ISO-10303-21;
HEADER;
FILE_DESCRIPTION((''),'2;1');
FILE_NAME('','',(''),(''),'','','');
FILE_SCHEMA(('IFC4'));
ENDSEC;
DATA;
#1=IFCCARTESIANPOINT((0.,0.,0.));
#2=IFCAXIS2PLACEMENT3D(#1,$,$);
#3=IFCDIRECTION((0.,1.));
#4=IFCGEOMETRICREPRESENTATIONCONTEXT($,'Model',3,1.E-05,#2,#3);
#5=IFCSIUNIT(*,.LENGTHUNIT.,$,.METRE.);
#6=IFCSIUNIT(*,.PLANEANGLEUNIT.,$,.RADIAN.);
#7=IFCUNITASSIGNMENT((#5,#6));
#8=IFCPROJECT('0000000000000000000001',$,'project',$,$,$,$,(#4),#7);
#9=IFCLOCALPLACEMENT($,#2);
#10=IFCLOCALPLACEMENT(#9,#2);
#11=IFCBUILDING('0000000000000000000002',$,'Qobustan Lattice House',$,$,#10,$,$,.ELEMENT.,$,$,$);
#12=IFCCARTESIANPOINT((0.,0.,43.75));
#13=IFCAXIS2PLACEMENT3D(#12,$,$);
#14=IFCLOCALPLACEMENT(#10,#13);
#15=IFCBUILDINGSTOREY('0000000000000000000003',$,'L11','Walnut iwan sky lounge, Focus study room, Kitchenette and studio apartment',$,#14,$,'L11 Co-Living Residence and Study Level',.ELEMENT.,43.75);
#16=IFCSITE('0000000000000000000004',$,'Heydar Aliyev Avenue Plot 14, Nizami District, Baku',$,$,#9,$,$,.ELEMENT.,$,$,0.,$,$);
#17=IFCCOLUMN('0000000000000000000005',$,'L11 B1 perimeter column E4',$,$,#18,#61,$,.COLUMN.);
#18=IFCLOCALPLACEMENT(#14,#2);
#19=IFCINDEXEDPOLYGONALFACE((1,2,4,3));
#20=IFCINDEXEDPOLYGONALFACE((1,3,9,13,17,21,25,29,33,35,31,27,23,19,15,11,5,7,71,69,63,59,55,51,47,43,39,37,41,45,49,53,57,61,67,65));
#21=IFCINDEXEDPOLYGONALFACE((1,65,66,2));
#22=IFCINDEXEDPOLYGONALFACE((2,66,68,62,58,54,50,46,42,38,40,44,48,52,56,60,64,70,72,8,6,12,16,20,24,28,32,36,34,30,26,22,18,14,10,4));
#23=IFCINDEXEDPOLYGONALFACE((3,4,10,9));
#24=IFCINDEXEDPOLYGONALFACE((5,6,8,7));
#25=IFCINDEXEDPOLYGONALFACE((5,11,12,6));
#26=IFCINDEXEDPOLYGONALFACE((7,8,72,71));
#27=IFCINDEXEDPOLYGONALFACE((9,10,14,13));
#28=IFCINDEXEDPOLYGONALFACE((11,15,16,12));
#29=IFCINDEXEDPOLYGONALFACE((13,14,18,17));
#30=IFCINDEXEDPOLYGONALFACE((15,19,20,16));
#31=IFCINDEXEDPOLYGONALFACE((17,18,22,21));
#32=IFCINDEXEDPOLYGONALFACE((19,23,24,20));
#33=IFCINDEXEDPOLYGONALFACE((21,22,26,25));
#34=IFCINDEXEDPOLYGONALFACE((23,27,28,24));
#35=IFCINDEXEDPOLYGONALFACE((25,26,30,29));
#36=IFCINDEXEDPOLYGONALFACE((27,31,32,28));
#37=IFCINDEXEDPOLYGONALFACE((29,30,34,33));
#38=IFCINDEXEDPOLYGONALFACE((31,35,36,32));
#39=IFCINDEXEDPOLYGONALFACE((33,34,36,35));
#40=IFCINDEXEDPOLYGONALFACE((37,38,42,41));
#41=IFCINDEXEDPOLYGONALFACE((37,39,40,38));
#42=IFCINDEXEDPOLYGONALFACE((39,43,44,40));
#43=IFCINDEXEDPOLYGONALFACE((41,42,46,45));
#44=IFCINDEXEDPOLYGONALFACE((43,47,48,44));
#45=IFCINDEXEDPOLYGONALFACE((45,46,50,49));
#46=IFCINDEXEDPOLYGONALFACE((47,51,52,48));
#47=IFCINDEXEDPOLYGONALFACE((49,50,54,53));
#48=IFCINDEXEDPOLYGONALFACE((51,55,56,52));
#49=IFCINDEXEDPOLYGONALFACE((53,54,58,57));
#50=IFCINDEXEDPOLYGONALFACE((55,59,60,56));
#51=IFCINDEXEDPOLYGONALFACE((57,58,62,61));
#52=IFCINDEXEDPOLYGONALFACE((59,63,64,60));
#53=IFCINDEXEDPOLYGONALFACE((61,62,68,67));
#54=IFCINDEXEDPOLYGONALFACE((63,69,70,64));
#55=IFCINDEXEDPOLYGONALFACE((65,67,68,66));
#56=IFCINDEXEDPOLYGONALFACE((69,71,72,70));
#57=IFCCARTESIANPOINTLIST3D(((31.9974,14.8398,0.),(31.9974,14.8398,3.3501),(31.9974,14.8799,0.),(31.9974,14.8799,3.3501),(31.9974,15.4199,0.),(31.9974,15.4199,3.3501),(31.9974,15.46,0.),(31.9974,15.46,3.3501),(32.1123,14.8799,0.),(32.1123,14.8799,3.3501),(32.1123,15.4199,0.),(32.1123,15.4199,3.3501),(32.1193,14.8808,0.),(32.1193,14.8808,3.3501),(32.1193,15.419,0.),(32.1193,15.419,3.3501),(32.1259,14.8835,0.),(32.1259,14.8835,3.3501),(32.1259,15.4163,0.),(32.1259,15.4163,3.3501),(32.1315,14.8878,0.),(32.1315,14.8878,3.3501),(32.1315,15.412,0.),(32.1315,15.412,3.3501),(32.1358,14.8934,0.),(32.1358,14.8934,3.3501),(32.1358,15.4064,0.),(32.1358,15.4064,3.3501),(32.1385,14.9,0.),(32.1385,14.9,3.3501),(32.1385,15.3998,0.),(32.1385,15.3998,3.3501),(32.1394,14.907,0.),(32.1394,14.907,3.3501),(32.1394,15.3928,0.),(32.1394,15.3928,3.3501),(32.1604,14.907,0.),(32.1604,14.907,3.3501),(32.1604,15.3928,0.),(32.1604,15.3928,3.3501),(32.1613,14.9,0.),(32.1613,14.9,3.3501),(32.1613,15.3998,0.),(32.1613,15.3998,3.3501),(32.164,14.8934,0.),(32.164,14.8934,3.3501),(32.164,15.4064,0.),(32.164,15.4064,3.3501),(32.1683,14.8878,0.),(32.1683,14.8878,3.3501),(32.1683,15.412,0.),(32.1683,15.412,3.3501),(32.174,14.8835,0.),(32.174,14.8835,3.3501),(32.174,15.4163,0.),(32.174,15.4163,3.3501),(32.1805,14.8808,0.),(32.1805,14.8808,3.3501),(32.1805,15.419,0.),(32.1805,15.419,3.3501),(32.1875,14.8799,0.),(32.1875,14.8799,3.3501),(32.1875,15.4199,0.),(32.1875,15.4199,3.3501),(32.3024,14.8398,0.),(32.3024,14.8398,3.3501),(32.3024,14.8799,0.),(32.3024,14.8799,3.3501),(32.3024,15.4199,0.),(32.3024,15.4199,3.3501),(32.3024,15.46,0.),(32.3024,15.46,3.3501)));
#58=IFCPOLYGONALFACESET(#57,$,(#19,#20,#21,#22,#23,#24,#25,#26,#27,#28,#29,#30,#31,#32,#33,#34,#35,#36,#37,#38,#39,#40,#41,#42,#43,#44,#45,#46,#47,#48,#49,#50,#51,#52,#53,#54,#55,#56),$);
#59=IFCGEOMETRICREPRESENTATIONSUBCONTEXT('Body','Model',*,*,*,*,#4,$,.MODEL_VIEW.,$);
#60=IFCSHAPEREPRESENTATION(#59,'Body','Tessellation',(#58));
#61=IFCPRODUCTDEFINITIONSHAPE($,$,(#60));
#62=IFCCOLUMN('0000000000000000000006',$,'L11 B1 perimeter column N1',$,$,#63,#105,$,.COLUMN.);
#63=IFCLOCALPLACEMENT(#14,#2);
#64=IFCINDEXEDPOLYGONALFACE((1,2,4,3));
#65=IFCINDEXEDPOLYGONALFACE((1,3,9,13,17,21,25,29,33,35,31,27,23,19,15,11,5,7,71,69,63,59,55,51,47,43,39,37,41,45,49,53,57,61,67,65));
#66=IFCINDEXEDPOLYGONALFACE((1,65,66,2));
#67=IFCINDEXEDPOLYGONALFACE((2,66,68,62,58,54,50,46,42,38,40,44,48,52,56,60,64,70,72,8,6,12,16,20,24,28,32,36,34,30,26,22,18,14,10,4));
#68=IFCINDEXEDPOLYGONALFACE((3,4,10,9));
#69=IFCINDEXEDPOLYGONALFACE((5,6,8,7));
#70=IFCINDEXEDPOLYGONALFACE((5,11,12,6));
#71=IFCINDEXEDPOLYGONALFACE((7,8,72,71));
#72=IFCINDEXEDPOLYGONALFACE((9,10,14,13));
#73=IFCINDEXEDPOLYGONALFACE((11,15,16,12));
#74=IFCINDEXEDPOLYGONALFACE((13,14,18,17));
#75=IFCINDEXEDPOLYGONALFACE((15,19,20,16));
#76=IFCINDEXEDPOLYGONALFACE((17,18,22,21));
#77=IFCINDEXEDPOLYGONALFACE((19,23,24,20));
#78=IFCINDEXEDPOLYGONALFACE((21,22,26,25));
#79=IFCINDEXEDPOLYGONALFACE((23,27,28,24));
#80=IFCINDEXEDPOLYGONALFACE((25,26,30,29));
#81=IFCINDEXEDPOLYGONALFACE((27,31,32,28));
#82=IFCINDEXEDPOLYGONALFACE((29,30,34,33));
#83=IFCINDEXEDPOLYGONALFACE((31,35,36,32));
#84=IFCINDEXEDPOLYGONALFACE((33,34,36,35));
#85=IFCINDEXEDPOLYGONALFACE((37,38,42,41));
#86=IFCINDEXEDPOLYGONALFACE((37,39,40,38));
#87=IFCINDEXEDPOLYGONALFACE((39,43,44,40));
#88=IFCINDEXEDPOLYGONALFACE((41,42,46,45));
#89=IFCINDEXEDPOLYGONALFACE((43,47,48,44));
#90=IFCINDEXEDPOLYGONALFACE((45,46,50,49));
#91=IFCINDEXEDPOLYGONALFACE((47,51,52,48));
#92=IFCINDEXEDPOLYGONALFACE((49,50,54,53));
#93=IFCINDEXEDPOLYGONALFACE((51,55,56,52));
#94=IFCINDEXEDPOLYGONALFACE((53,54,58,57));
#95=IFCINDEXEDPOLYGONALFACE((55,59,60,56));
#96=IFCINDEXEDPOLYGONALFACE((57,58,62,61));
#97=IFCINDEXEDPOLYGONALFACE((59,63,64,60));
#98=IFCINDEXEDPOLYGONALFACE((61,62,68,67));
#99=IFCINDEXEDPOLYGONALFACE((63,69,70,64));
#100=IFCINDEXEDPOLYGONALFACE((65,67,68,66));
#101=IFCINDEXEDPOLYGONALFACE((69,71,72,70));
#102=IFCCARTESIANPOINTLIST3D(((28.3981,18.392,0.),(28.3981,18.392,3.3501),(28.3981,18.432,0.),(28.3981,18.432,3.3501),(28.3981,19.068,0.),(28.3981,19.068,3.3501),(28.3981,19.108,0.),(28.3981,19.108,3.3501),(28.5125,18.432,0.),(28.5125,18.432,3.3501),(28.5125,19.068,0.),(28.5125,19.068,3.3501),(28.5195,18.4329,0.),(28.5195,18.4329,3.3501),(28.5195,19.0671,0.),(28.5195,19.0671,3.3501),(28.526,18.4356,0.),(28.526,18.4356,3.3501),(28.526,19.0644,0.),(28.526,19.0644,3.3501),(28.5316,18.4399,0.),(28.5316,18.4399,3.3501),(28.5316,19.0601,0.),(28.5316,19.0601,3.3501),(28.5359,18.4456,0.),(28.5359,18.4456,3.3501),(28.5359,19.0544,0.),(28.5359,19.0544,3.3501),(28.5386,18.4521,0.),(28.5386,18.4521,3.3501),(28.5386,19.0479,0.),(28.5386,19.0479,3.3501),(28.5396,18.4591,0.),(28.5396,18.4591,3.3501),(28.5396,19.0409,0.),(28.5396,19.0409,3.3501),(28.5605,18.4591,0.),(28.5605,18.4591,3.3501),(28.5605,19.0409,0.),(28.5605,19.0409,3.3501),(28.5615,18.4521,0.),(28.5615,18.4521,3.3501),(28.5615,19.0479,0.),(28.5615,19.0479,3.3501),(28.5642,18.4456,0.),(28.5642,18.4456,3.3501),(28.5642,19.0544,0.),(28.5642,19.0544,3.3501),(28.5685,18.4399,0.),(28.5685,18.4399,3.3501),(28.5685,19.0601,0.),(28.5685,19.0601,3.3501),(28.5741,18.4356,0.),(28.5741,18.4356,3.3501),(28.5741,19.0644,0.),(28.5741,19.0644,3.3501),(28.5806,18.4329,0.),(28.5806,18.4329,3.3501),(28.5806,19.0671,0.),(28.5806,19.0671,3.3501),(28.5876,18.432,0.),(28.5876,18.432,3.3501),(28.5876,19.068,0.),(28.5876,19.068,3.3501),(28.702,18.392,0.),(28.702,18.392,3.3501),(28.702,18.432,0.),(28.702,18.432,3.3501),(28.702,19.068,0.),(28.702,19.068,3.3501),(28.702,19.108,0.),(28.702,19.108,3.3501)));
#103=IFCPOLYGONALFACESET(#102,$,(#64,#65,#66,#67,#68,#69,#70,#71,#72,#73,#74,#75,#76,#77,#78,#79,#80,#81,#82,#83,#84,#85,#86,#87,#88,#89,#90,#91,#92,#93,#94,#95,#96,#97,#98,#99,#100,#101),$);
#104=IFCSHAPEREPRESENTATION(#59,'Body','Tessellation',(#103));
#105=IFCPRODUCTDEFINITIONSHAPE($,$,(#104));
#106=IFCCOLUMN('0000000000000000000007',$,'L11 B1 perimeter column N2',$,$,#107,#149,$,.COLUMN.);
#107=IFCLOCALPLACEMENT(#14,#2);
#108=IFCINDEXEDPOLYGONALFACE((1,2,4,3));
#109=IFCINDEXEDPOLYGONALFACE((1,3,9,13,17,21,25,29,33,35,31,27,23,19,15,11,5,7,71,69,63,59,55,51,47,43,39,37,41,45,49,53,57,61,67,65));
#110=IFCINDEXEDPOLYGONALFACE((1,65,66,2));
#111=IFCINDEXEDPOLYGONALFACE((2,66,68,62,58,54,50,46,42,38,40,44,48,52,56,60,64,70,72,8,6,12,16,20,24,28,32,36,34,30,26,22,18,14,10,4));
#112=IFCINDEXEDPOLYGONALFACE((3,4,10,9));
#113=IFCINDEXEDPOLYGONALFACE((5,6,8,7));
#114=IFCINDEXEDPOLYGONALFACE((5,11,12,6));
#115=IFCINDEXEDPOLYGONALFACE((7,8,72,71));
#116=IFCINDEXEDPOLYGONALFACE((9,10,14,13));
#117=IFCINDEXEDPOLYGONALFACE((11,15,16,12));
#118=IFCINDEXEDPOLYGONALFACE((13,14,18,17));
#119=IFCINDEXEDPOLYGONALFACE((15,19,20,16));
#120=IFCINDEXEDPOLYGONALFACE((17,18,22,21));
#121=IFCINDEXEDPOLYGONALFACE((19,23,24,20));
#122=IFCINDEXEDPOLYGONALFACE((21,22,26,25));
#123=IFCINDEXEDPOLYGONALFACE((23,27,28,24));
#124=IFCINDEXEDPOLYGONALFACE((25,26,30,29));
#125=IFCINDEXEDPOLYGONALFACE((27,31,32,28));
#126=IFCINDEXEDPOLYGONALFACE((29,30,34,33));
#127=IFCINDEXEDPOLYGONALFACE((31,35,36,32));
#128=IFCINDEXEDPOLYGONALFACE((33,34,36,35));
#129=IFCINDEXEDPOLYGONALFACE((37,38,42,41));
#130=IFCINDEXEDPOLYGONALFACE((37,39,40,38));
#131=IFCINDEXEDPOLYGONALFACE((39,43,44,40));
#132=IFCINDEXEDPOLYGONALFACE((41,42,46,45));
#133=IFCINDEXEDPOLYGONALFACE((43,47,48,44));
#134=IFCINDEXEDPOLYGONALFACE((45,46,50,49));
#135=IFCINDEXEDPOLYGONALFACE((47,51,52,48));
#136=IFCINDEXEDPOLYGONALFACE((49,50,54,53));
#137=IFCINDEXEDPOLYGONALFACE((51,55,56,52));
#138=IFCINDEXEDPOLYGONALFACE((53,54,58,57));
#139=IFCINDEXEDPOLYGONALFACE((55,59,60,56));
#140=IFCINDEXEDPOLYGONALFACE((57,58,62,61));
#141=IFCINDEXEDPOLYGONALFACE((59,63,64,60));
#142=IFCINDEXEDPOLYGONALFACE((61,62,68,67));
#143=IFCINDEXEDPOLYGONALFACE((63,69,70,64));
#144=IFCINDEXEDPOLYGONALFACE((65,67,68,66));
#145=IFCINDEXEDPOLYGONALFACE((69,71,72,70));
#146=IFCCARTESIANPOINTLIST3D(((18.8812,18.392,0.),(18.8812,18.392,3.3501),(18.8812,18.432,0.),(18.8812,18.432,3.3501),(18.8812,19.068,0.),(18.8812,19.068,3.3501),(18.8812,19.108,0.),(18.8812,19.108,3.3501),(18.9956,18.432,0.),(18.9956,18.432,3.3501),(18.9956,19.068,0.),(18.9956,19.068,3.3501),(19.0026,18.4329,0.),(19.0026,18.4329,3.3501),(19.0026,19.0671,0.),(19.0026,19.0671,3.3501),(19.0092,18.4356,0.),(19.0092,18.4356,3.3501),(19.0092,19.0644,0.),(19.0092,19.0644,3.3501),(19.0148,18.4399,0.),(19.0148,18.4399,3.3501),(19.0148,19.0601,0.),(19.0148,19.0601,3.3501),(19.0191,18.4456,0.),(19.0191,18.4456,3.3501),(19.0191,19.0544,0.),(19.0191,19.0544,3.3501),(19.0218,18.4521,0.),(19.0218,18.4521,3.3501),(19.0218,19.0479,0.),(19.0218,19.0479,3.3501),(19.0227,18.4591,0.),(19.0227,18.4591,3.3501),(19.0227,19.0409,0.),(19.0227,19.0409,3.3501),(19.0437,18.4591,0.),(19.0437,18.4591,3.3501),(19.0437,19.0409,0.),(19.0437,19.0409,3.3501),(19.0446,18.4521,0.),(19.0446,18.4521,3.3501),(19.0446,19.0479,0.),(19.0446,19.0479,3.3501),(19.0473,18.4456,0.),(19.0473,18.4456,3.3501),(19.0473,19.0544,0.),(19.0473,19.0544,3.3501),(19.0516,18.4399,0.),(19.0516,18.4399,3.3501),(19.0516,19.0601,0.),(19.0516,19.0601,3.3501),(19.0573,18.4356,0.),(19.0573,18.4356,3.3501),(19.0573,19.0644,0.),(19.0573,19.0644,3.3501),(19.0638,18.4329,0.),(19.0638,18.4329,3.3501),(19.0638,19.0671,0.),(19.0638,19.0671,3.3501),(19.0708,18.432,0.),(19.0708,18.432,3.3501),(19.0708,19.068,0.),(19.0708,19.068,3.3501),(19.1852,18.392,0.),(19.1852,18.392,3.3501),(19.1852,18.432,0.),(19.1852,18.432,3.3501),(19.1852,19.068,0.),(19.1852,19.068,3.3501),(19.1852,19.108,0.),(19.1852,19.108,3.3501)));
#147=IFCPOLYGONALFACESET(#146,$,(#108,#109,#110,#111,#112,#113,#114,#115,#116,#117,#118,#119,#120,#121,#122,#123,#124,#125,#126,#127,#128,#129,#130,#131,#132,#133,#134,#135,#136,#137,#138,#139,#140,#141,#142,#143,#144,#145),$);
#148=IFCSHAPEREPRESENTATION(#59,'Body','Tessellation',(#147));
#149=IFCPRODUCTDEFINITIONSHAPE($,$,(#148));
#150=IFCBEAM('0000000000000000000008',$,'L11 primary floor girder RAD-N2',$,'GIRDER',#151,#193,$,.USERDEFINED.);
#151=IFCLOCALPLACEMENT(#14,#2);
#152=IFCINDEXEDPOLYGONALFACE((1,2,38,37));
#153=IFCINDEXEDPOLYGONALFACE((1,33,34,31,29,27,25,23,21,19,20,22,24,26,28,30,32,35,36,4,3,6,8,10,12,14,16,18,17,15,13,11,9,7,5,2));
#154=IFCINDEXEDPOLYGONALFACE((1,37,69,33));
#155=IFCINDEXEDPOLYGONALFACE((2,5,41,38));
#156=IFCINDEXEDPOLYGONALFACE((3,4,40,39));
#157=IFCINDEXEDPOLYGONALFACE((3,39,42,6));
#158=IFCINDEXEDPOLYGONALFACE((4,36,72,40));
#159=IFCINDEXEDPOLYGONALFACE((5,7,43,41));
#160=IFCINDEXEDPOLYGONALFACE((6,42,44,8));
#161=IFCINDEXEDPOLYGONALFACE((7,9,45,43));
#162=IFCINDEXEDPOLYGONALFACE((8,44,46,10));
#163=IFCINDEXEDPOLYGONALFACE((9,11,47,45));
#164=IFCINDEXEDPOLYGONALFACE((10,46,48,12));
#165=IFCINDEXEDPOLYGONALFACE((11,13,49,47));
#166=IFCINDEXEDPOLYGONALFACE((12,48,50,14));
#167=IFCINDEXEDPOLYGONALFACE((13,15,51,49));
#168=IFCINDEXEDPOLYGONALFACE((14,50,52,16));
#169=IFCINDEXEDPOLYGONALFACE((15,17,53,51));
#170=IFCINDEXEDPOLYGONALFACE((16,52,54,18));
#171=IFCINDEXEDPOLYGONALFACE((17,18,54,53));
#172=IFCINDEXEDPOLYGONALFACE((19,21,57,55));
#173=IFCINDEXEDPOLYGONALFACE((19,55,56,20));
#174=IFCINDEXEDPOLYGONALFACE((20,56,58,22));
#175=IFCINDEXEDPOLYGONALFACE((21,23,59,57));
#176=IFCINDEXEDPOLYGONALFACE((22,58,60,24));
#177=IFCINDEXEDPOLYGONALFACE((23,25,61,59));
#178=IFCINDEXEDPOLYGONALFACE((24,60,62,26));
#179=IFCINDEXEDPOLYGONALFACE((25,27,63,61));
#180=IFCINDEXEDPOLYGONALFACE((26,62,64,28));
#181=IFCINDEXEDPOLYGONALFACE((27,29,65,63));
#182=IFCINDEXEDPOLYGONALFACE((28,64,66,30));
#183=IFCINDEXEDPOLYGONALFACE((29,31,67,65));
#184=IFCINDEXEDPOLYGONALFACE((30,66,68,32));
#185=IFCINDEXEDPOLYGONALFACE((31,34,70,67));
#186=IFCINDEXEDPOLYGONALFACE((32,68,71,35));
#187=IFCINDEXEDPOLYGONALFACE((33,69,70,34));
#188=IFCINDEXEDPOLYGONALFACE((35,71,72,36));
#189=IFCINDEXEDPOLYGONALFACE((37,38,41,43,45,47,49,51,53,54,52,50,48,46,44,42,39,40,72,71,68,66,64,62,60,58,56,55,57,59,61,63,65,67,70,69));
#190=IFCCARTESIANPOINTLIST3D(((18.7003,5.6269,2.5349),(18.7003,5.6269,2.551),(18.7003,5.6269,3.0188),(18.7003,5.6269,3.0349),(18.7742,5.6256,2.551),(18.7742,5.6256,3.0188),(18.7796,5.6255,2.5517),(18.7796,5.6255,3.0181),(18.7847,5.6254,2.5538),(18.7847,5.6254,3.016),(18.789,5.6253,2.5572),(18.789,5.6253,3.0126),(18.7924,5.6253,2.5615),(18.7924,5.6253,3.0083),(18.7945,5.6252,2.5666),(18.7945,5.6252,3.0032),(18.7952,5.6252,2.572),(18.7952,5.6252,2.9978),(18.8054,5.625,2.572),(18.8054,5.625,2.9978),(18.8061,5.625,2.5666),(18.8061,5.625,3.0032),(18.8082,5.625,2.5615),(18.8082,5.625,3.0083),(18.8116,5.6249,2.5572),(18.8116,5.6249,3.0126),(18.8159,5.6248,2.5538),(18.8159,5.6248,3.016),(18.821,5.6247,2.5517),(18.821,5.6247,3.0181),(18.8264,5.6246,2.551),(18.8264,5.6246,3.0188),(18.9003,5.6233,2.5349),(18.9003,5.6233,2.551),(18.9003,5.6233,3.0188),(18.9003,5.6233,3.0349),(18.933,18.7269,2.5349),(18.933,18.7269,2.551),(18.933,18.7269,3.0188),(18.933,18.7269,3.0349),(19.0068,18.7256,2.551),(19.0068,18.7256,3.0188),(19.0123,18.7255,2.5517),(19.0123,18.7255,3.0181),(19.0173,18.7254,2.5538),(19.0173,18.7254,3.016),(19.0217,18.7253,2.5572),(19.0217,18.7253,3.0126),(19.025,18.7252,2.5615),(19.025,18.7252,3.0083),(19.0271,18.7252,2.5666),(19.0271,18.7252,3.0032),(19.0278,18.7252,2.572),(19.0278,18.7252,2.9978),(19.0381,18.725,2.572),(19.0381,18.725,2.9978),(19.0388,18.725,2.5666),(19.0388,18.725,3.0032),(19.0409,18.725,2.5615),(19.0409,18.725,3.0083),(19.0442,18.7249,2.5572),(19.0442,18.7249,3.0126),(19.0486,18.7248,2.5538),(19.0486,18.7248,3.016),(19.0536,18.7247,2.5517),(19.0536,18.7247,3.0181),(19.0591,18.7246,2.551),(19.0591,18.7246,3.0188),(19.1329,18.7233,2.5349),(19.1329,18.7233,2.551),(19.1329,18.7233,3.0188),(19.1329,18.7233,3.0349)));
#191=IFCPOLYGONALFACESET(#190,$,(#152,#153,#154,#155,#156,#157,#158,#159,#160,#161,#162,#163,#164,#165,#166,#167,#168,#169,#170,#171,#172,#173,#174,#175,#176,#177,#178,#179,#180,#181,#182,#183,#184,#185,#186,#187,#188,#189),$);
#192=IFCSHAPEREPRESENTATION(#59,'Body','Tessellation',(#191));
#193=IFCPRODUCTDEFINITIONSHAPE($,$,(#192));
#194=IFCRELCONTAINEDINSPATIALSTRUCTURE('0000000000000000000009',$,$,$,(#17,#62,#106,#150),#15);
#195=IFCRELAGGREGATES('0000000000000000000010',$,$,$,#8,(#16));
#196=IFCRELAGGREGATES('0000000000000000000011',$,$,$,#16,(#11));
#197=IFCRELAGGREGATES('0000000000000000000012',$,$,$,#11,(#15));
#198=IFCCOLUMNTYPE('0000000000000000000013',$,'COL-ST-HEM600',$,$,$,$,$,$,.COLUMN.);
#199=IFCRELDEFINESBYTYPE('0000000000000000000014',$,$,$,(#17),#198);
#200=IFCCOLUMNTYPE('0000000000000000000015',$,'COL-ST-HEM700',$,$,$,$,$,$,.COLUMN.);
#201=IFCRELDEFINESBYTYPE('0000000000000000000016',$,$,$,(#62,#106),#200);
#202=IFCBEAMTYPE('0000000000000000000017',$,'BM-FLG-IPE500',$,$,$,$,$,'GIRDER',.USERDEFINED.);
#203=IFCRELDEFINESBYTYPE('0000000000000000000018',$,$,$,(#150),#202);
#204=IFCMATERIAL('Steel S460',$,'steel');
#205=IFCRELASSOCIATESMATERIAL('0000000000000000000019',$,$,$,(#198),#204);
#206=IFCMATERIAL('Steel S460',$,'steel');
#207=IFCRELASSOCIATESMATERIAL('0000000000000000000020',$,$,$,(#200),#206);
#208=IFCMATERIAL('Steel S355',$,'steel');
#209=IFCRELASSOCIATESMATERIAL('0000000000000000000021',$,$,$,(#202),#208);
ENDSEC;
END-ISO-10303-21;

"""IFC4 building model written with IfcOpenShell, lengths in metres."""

from ifc_helpers import new_model, si_unit, direction, frame, origin, origin_2d, place, context, subcontext, project, spatial, i_section, extrude, material, material_profile, profile_set, type_object, element, save


model = new_model("IFC4")

# Units and contexts
model_context = context("Model", 3, precision=1e-05, world=origin(), true_north=direction((0.0, 1.0)))
body_context = subcontext(model_context, "Body", "Model", "MODEL_VIEW")
ifc_project = project(units=[si_unit("LENGTHUNIT", "METRE"), si_unit("PLANEANGLEUNIT", "RADIAN")], contexts=[model_context])

# Site, building, storey
site_placement = place(None, origin())
site = spatial("IfcSite", under=ifc_project, at=site_placement, Name="Heydar Aliyev Avenue Plot 14, Nizami District, Baku", CompositionType="ELEMENT", RefElevation=0.0)
building_placement = place(site_placement, origin())
building = spatial("IfcBuilding", under=site, at=building_placement, Name="Qobustan Lattice House", CompositionType="ELEMENT")
storey_placement = place(building_placement, frame((0.0, 0.0, 43.75)))
storey = spatial("IfcBuildingStorey", under=building, at=storey_placement, Name="L11", Description="Walnut iwan sky lounge, Focus study room, Kitchenette and studio apartment", LongName="L11 Co-Living Residence and Study Level", CompositionType="ELEMENT", Elevation=43.75)

# Columns
ifc_material_1 = material(Name="Steel S460", Category="steel")
ifc_material_profile_1 = material_profile(ifc_material_1, i_section(OverallWidth=0.3049, OverallDepth=0.6201, WebThickness=0.021, FlangeThickness=0.04, FilletRadius=0.0271, at=origin_2d()), Name="HEM600")
ifc_profile_set_1 = profile_set([ifc_material_profile_1], Name="Steel S460")
column_type_1 = type_object("IfcColumnType", Name="COL-ST-HEM600", PredefinedType="COLUMN", material=ifc_profile_set_1)
column_placement = place(storey_placement, frame((32.1499, 15.1499, 0.0), z_axis=(0.0, 0.0, 1.0), x_axis=(1.0, 0.0, 0.0)))
element("IfcColumn", 1, at=column_placement, inside=storey, type_object=column_type_1, Name="L11 B1 perimeter column E4", PredefinedType="COLUMN", context=body_context, shape_type="SweptSolid", body=[
    extrude(i_section(OverallWidth=0.3049, OverallDepth=0.6201, WebThickness=0.021, FlangeThickness=0.04, FilletRadius=0.0271, at=origin_2d()), origin(), (0.0, 0.0, 1.0), 3.3501),
])
ifc_material_2 = material(Name="Steel S460", Category="steel")
ifc_material_profile_2 = material_profile(ifc_material_2, i_section(OverallWidth=0.304, OverallDepth=0.7161, WebThickness=0.021, FlangeThickness=0.04, FilletRadius=0.0271, at=origin_2d()), Name="HEM700")
ifc_profile_set_2 = profile_set([ifc_material_profile_2], Name="Steel S460")
column_type_2 = type_object("IfcColumnType", Name="COL-ST-HEM700", PredefinedType="COLUMN", material=ifc_profile_set_2)
for number, where, z_axis, x_axis, name in (
    (2, (28.55, 18.75, 0.0), (0.0, 0.0, 1.0), (1.0, 0.0, 0.0), "L11 B1 perimeter column N1"),
    (3, (19.0332, 18.75, 0.0), (0.0, 0.0, 1.0), (1.0, 0.0, 0.0), "L11 B1 perimeter column N2"),
):
    element("IfcColumn", number, at=place(storey_placement, frame(where, z_axis=z_axis, x_axis=x_axis)), inside=storey, type_object=column_type_2, Name=name, PredefinedType="COLUMN", context=body_context, shape_type="SweptSolid", body=[
        extrude(i_section(OverallWidth=0.304, OverallDepth=0.7161, WebThickness=0.021, FlangeThickness=0.04, FilletRadius=0.0271, at=origin_2d()), origin(), (0.0, 0.0, 1.0), 3.3501),
    ])

# Beam
ifc_material_3 = material(Name="Steel S355", Category="steel")
ifc_material_profile_3 = material_profile(ifc_material_3, i_section(OverallWidth=0.2, OverallDepth=0.5, WebThickness=0.0103, FlangeThickness=0.0161, FilletRadius=0.021, at=origin_2d()), Name="IPE500")
ifc_profile_set_3 = profile_set([ifc_material_profile_3], Name="Steel S355")
beam_type_1 = type_object("IfcBeamType", Name="BM-FLG-IPE500", ElementType="GIRDER", PredefinedType="USERDEFINED", material=ifc_profile_set_3)
beam_1_placement = place(storey_placement, frame((19.033, 18.7251, 2.7849), z_axis=(-0.017758, -0.999842, 0.0), x_axis=(0.999842, -0.017758, 0.0)))
element("IfcBeam", 4, at=beam_1_placement, inside=storey, type_object=beam_type_1, Name="L11 primary floor girder RAD-N2", ObjectType="GIRDER", PredefinedType="USERDEFINED", context=body_context, shape_type="SweptSolid", body=[
    extrude(i_section(OverallWidth=0.2, OverallDepth=0.5, WebThickness=0.0103, FlangeThickness=0.0161, FilletRadius=0.021, at=origin_2d()), origin(), (0.0, 0.0, 1.0), 13.1021),
])

save(model, "model.ifc")
